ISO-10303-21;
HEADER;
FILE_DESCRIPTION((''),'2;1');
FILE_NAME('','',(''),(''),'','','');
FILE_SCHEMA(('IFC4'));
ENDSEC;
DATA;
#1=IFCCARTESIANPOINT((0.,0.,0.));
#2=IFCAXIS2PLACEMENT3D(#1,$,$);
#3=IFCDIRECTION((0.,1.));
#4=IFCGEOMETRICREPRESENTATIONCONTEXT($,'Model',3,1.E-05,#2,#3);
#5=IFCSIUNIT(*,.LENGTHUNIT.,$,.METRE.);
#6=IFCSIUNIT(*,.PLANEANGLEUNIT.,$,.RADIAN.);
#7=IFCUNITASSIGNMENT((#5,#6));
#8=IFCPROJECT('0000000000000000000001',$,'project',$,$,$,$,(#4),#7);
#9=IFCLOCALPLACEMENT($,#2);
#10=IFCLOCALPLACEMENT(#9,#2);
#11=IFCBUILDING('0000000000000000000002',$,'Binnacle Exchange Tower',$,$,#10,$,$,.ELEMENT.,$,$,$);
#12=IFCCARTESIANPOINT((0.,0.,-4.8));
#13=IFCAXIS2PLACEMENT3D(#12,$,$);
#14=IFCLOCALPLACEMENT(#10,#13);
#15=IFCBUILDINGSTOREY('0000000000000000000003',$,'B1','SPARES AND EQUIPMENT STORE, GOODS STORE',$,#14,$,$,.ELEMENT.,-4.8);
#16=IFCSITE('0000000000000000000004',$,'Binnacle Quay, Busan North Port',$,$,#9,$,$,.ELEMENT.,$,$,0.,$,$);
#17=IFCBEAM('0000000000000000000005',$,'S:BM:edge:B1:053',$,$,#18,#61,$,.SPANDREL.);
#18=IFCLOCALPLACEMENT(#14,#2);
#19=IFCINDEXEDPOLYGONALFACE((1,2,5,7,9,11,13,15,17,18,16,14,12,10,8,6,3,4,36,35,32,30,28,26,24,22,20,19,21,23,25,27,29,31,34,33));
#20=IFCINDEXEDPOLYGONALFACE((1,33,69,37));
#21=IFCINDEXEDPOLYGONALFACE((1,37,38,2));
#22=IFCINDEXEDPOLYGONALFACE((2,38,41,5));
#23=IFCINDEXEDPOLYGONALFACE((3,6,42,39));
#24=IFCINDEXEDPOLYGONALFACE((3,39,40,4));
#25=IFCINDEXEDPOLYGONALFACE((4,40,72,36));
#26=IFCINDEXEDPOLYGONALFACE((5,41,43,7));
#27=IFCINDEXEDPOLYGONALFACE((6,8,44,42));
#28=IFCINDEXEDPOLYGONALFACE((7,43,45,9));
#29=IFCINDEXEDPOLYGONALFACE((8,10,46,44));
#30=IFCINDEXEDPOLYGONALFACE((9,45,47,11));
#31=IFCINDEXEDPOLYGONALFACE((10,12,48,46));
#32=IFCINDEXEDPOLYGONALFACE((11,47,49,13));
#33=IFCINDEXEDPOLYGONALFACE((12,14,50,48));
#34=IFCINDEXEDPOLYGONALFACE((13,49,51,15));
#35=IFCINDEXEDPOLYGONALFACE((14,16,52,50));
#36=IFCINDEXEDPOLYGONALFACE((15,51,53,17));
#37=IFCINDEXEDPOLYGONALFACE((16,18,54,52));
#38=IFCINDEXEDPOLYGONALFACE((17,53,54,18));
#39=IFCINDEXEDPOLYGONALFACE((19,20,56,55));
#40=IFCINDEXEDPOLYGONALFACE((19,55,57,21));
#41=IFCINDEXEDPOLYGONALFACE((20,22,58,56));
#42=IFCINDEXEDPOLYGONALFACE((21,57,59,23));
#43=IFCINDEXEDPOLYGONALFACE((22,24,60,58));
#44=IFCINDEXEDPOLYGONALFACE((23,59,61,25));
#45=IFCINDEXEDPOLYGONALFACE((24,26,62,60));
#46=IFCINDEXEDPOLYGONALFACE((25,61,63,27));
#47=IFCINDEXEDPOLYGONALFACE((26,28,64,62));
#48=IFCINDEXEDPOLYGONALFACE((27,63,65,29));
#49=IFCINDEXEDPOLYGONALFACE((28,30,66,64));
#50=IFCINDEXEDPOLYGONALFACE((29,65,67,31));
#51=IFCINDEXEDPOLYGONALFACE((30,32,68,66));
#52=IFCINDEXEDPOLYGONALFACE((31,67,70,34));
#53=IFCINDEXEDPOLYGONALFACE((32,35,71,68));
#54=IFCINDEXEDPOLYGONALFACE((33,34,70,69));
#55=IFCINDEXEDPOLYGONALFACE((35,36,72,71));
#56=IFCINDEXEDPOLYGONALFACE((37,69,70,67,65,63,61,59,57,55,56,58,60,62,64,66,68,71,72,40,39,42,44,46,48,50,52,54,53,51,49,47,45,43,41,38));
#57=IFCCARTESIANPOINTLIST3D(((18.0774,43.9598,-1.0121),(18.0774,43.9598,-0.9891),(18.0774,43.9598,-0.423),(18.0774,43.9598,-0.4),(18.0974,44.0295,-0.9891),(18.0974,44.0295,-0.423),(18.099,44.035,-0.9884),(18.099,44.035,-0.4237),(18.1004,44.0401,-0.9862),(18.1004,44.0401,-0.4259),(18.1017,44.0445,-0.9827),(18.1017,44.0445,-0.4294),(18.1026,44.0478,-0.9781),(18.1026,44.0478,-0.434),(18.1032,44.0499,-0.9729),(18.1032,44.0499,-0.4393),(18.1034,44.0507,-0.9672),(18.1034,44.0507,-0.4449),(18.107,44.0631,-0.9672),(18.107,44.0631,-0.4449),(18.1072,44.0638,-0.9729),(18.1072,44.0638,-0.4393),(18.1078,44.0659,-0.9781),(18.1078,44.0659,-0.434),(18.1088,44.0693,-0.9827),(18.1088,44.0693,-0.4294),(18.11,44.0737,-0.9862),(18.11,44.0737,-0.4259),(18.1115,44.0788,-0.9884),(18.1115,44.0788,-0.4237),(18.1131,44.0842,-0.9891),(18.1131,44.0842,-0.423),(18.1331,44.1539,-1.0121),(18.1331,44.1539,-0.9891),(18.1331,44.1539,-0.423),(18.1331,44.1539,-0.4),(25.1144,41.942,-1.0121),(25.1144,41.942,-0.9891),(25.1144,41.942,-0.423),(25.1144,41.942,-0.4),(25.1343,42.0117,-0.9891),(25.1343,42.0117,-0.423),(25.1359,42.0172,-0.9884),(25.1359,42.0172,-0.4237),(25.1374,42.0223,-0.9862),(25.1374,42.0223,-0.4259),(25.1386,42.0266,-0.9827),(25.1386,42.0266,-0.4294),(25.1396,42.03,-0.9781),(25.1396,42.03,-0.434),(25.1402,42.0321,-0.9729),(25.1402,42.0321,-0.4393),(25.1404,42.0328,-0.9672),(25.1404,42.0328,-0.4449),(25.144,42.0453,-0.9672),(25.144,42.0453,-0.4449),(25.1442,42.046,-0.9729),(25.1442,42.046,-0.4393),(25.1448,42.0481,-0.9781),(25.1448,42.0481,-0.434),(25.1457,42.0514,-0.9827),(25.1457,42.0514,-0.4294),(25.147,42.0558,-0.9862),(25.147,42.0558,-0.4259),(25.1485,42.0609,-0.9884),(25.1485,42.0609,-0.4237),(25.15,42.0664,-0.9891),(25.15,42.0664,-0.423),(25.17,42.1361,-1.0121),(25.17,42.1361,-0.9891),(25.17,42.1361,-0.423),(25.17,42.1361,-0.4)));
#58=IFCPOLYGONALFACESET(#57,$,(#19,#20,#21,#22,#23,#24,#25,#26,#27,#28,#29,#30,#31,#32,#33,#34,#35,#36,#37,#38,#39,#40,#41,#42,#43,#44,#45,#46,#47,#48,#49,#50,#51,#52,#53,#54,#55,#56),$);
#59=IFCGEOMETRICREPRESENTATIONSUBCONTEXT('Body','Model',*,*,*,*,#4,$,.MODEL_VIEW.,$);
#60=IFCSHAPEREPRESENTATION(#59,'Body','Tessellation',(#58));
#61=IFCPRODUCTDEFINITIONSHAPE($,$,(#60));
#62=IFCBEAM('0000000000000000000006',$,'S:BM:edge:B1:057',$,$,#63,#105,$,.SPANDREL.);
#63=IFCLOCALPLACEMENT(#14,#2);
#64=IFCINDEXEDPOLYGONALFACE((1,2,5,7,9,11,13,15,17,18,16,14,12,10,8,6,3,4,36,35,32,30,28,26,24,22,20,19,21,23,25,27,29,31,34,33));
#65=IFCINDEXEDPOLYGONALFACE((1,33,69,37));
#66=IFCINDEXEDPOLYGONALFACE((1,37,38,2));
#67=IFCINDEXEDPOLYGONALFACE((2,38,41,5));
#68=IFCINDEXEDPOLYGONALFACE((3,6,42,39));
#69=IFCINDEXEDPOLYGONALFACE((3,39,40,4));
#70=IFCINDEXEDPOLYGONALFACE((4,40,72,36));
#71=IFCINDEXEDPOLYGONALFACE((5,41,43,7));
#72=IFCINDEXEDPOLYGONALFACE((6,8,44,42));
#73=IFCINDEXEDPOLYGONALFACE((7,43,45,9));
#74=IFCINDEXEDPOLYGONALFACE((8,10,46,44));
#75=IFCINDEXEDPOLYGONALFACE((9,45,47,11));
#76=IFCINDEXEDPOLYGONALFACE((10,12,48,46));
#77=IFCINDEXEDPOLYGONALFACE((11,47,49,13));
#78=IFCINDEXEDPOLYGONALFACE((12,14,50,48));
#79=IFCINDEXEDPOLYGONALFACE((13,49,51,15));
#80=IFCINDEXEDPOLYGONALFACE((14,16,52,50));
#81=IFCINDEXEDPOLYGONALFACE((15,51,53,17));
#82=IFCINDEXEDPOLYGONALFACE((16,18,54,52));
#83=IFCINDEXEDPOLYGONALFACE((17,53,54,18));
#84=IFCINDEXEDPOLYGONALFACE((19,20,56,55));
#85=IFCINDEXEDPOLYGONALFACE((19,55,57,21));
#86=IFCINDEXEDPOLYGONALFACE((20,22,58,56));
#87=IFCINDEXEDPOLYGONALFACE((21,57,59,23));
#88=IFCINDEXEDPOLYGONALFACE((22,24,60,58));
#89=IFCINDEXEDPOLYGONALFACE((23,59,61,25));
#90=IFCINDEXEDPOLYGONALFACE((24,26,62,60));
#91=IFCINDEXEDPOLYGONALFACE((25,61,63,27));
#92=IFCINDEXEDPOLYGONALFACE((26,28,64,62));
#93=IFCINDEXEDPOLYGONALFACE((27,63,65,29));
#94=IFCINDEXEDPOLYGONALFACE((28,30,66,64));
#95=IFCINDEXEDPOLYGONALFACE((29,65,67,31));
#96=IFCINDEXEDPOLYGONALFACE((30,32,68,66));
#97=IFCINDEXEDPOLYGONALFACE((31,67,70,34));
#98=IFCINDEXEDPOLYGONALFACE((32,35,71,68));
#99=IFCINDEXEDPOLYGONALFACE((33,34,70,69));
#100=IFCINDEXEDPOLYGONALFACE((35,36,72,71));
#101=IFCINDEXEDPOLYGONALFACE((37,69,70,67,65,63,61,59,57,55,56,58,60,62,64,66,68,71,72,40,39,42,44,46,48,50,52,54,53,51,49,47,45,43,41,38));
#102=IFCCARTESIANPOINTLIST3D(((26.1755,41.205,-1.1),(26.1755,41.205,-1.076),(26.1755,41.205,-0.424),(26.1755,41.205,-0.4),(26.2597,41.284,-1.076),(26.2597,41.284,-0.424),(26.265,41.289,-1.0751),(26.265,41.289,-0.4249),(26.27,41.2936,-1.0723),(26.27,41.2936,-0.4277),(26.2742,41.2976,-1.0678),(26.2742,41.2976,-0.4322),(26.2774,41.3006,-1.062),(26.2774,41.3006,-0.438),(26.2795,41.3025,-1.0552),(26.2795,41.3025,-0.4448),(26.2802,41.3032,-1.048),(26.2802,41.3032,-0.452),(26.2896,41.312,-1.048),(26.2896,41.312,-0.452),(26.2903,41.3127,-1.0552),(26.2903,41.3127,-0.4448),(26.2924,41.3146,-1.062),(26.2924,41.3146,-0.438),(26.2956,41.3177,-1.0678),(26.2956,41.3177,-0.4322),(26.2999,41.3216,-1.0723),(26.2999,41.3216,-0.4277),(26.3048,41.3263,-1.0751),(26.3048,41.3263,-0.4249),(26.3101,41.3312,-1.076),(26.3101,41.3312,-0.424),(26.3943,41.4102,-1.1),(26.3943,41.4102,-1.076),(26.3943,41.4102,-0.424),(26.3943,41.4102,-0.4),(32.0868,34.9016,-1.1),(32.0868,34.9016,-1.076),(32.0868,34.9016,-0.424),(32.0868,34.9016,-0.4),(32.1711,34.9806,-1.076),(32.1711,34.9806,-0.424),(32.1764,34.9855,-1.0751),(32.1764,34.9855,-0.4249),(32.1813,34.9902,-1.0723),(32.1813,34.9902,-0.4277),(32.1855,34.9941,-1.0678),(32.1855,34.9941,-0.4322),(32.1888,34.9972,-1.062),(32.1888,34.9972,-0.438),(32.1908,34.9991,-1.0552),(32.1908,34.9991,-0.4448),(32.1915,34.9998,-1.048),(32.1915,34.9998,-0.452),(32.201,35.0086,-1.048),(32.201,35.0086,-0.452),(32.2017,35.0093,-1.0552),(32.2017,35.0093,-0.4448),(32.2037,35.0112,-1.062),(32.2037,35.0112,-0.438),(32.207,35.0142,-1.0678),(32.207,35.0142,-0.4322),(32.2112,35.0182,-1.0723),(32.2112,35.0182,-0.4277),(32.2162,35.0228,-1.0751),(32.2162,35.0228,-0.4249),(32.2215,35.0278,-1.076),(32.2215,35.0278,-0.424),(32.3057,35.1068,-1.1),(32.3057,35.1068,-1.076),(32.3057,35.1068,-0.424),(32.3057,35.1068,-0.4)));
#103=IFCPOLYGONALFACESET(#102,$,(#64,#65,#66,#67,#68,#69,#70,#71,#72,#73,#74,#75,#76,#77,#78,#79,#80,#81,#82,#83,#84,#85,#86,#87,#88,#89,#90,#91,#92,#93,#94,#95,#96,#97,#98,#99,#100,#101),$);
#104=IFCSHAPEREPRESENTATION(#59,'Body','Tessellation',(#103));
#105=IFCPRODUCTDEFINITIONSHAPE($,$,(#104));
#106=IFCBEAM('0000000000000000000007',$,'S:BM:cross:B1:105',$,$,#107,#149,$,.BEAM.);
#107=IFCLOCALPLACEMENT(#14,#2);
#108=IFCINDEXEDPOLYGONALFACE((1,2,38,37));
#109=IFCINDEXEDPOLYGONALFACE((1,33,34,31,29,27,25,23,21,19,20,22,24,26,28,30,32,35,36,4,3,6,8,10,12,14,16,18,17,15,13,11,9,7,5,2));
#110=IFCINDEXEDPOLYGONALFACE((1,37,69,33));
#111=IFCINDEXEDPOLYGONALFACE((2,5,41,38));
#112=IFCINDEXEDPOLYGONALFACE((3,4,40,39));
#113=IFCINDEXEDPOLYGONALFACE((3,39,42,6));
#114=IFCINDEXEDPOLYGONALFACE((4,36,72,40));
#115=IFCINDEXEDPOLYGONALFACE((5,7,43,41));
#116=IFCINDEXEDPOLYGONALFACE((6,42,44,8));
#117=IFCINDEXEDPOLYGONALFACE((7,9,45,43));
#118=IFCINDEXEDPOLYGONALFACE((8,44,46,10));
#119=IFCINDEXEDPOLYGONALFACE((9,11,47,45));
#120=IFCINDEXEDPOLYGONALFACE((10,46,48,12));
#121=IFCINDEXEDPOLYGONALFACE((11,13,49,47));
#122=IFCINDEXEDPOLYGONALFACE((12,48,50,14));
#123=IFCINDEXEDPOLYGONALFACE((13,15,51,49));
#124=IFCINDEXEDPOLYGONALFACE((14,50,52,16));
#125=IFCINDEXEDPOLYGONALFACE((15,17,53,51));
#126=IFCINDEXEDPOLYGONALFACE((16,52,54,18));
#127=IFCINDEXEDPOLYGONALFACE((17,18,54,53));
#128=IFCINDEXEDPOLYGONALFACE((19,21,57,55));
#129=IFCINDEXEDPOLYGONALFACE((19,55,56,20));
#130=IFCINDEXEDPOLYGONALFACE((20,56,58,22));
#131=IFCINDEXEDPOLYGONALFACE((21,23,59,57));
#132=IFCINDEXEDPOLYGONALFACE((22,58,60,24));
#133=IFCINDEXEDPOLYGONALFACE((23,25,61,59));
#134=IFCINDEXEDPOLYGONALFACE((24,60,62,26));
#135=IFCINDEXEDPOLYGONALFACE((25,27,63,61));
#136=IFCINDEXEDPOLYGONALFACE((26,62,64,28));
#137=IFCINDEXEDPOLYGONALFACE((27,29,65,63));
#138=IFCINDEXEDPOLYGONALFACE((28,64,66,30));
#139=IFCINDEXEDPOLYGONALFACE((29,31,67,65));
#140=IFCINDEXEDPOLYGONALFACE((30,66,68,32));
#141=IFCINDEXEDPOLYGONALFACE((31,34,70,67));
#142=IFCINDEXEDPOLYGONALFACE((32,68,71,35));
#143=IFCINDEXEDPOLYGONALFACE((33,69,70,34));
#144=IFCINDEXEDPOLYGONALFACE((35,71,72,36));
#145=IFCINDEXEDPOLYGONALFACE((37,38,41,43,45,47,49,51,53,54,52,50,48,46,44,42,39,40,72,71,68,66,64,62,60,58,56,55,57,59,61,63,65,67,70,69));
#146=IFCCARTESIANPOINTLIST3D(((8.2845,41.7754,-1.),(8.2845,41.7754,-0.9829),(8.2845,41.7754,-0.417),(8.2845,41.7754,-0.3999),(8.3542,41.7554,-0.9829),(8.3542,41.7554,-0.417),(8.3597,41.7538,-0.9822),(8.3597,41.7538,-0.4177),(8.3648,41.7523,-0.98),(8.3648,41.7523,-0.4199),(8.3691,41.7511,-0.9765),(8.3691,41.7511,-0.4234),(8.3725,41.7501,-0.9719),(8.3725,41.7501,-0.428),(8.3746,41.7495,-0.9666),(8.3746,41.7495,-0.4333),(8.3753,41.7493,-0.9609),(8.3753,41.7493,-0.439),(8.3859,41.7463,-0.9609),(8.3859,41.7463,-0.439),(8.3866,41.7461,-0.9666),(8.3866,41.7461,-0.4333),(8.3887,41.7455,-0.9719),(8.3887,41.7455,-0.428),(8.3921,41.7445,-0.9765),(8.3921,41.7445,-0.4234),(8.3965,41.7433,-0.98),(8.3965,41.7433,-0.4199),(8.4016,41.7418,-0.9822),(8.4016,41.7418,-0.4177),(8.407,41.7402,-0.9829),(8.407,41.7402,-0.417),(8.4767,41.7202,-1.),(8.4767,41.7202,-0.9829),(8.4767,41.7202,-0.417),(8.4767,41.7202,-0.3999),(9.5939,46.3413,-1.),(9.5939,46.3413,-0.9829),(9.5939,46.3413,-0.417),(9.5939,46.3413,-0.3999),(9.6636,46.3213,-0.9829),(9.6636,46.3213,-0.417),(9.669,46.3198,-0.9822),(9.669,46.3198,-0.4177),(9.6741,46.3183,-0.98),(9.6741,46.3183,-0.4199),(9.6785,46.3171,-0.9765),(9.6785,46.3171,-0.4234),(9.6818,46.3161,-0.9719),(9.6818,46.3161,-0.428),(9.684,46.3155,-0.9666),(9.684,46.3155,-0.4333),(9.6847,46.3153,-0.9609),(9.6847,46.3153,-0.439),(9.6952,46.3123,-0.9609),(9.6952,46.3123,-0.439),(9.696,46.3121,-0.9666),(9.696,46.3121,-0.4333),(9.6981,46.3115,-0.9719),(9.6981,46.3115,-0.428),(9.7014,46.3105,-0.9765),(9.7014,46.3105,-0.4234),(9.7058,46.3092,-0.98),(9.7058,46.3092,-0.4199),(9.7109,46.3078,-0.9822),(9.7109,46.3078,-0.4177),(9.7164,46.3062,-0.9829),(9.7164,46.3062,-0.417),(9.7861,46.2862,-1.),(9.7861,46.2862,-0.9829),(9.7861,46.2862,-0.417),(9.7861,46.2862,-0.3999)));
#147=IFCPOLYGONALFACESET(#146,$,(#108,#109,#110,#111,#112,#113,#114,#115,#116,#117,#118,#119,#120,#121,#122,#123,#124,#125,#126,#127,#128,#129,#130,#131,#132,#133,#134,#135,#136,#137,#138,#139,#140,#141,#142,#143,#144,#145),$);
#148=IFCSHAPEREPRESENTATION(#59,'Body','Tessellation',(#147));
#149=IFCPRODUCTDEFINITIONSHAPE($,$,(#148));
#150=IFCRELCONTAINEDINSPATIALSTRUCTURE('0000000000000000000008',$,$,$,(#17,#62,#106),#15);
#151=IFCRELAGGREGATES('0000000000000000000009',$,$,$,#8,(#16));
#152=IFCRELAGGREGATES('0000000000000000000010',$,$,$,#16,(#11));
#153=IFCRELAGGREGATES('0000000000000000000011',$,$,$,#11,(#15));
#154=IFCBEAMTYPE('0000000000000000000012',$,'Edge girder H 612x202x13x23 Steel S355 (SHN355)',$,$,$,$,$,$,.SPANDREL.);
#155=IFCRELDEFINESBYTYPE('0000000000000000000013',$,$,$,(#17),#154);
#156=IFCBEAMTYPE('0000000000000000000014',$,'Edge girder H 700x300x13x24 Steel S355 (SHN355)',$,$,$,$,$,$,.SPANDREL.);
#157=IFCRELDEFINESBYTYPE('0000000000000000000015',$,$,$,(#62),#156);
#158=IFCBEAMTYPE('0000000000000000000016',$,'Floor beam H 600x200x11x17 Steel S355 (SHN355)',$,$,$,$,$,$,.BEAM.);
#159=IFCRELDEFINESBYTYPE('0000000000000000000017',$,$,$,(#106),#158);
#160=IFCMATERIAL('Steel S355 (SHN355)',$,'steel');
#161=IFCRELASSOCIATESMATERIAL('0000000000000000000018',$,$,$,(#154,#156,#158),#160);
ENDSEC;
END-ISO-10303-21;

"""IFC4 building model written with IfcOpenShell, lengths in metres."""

from ifc_helpers import new_model, si_unit, direction, frame, origin, origin_2d, place, context, subcontext, project, spatial, i_section, extrude, material, material_profile, profile_set, type_object, element, save


model = new_model("IFC4")

# Units and contexts
model_context = context("Model", 3, precision=1e-05, world=origin(), true_north=direction((0.0, 1.0)))
body_context = subcontext(model_context, "Body", "Model", "MODEL_VIEW")
ifc_project = project(units=[si_unit("LENGTHUNIT", "METRE"), si_unit("PLANEANGLEUNIT", "RADIAN")], contexts=[model_context])

# Site, building, storey
site_placement = place(None, origin())
site = spatial("IfcSite", under=ifc_project, at=site_placement, Name="Binnacle Quay, Busan North Port", CompositionType="ELEMENT", RefElevation=0.0)
building_placement = place(site_placement, origin())
building = spatial("IfcBuilding", under=site, at=building_placement, Name="Binnacle Exchange Tower", CompositionType="ELEMENT")
storey_placement = place(building_placement, frame((0.0, 0.0, -4.8)))
storey = spatial("IfcBuildingStorey", under=building, at=storey_placement, Name="B1", Description="SPARES AND EQUIPMENT STORE, GOODS STORE", CompositionType="ELEMENT", Elevation=-4.8)

# Beams
ifc_material_1 = material(Name="Steel S355 (SHN355)", Category="steel")
ifc_material_profile_1 = material_profile(ifc_material_1, i_section(OverallWidth=0.2019, OverallDepth=0.6121, WebThickness=0.0129, FlangeThickness=0.0229, FilletRadius=0.022, at=origin_2d()), Name="H 612x202x13x23")
ifc_profile_set_1 = profile_set([ifc_material_profile_1], Name="Steel S355 (SHN355)")
beam_type_1 = type_object("IfcBeamType", Name="Edge girder H 612x202x13x23 Steel S355 (SHN355)", PredefinedType="SPANDREL", material=ifc_profile_set_1)
beam_1_placement = place(storey_placement, frame((18.1052, 44.0569, -0.7061), z_axis=(0.96126, -0.275642, 0.0), x_axis=(0.275642, 0.96126, 0.0)))
element("IfcBeam", 1, at=beam_1_placement, inside=storey, type_object=beam_type_1, Name="S:BM:edge:B1:053", PredefinedType="SPANDREL", context=body_context, shape_type="SweptSolid", body=[
    extrude(i_section(OverallWidth=0.2019, OverallDepth=0.6121, WebThickness=0.0129, FlangeThickness=0.0229, FilletRadius=0.022, at=origin_2d()), origin(), (0.0, 0.0, 1.0), 7.3206),
])
ifc_material_profile_2 = material_profile(ifc_material_1, i_section(OverallWidth=0.3, OverallDepth=0.7, WebThickness=0.0129, FlangeThickness=0.0239, FilletRadius=0.0281, at=origin_2d()), Name="H 700x300x13x24")
ifc_profile_set_2 = profile_set([ifc_material_profile_2], Name="Steel S355 (SHN355)")
beam_type_2 = type_object("IfcBeamType", Name="Edge girder H 700x300x13x24 Steel S355 (SHN355)", PredefinedType="SPANDREL", material=ifc_profile_set_2)
beam_2_placement = place(storey_placement, frame((26.2849, 41.3076, -0.75), z_axis=(0.684057, -0.729429, 0.0), x_axis=(0.729429, 0.684057, 0.0)))
element("IfcBeam", 2, at=beam_2_placement, inside=storey, type_object=beam_type_2, Name="S:BM:edge:B1:057", PredefinedType="SPANDREL", context=body_context, shape_type="SweptSolid", body=[
    extrude(i_section(OverallWidth=0.3, OverallDepth=0.7, WebThickness=0.0129, FlangeThickness=0.0239, FilletRadius=0.0281, at=origin_2d()), origin(), (0.0, 0.0, 1.0), 8.6416),
])
ifc_material_profile_3 = material_profile(ifc_material_1, i_section(OverallWidth=0.2, OverallDepth=0.6001, WebThickness=0.011, FlangeThickness=0.0171, FilletRadius=0.022, at=origin_2d()), Name="H 600x200x11x17")
ifc_profile_set_3 = profile_set([ifc_material_profile_3], Name="Steel S355 (SHN355)")
beam_type_3 = type_object("IfcBeamType", Name="Floor beam H 600x200x11x17 Steel S355 (SHN355)", PredefinedType="BEAM", material=ifc_profile_set_3)
beam_3_placement = place(storey_placement, frame((8.3806, 41.7478, -0.7), z_axis=(0.275651, 0.961258, 0.0), x_axis=(-0.961258, 0.275651, 0.0)))
element("IfcBeam", 3, at=beam_3_placement, inside=storey, type_object=beam_type_3, Name="S:BM:cross:B1:105", PredefinedType="BEAM", context=body_context, shape_type="SweptSolid", body=[
    extrude(i_section(OverallWidth=0.2, OverallDepth=0.6001, WebThickness=0.011, FlangeThickness=0.0171, FilletRadius=0.022, at=origin_2d()), origin(), (0.0, 0.0, 1.0), 4.75),
])

save(model, "model.ifc")
